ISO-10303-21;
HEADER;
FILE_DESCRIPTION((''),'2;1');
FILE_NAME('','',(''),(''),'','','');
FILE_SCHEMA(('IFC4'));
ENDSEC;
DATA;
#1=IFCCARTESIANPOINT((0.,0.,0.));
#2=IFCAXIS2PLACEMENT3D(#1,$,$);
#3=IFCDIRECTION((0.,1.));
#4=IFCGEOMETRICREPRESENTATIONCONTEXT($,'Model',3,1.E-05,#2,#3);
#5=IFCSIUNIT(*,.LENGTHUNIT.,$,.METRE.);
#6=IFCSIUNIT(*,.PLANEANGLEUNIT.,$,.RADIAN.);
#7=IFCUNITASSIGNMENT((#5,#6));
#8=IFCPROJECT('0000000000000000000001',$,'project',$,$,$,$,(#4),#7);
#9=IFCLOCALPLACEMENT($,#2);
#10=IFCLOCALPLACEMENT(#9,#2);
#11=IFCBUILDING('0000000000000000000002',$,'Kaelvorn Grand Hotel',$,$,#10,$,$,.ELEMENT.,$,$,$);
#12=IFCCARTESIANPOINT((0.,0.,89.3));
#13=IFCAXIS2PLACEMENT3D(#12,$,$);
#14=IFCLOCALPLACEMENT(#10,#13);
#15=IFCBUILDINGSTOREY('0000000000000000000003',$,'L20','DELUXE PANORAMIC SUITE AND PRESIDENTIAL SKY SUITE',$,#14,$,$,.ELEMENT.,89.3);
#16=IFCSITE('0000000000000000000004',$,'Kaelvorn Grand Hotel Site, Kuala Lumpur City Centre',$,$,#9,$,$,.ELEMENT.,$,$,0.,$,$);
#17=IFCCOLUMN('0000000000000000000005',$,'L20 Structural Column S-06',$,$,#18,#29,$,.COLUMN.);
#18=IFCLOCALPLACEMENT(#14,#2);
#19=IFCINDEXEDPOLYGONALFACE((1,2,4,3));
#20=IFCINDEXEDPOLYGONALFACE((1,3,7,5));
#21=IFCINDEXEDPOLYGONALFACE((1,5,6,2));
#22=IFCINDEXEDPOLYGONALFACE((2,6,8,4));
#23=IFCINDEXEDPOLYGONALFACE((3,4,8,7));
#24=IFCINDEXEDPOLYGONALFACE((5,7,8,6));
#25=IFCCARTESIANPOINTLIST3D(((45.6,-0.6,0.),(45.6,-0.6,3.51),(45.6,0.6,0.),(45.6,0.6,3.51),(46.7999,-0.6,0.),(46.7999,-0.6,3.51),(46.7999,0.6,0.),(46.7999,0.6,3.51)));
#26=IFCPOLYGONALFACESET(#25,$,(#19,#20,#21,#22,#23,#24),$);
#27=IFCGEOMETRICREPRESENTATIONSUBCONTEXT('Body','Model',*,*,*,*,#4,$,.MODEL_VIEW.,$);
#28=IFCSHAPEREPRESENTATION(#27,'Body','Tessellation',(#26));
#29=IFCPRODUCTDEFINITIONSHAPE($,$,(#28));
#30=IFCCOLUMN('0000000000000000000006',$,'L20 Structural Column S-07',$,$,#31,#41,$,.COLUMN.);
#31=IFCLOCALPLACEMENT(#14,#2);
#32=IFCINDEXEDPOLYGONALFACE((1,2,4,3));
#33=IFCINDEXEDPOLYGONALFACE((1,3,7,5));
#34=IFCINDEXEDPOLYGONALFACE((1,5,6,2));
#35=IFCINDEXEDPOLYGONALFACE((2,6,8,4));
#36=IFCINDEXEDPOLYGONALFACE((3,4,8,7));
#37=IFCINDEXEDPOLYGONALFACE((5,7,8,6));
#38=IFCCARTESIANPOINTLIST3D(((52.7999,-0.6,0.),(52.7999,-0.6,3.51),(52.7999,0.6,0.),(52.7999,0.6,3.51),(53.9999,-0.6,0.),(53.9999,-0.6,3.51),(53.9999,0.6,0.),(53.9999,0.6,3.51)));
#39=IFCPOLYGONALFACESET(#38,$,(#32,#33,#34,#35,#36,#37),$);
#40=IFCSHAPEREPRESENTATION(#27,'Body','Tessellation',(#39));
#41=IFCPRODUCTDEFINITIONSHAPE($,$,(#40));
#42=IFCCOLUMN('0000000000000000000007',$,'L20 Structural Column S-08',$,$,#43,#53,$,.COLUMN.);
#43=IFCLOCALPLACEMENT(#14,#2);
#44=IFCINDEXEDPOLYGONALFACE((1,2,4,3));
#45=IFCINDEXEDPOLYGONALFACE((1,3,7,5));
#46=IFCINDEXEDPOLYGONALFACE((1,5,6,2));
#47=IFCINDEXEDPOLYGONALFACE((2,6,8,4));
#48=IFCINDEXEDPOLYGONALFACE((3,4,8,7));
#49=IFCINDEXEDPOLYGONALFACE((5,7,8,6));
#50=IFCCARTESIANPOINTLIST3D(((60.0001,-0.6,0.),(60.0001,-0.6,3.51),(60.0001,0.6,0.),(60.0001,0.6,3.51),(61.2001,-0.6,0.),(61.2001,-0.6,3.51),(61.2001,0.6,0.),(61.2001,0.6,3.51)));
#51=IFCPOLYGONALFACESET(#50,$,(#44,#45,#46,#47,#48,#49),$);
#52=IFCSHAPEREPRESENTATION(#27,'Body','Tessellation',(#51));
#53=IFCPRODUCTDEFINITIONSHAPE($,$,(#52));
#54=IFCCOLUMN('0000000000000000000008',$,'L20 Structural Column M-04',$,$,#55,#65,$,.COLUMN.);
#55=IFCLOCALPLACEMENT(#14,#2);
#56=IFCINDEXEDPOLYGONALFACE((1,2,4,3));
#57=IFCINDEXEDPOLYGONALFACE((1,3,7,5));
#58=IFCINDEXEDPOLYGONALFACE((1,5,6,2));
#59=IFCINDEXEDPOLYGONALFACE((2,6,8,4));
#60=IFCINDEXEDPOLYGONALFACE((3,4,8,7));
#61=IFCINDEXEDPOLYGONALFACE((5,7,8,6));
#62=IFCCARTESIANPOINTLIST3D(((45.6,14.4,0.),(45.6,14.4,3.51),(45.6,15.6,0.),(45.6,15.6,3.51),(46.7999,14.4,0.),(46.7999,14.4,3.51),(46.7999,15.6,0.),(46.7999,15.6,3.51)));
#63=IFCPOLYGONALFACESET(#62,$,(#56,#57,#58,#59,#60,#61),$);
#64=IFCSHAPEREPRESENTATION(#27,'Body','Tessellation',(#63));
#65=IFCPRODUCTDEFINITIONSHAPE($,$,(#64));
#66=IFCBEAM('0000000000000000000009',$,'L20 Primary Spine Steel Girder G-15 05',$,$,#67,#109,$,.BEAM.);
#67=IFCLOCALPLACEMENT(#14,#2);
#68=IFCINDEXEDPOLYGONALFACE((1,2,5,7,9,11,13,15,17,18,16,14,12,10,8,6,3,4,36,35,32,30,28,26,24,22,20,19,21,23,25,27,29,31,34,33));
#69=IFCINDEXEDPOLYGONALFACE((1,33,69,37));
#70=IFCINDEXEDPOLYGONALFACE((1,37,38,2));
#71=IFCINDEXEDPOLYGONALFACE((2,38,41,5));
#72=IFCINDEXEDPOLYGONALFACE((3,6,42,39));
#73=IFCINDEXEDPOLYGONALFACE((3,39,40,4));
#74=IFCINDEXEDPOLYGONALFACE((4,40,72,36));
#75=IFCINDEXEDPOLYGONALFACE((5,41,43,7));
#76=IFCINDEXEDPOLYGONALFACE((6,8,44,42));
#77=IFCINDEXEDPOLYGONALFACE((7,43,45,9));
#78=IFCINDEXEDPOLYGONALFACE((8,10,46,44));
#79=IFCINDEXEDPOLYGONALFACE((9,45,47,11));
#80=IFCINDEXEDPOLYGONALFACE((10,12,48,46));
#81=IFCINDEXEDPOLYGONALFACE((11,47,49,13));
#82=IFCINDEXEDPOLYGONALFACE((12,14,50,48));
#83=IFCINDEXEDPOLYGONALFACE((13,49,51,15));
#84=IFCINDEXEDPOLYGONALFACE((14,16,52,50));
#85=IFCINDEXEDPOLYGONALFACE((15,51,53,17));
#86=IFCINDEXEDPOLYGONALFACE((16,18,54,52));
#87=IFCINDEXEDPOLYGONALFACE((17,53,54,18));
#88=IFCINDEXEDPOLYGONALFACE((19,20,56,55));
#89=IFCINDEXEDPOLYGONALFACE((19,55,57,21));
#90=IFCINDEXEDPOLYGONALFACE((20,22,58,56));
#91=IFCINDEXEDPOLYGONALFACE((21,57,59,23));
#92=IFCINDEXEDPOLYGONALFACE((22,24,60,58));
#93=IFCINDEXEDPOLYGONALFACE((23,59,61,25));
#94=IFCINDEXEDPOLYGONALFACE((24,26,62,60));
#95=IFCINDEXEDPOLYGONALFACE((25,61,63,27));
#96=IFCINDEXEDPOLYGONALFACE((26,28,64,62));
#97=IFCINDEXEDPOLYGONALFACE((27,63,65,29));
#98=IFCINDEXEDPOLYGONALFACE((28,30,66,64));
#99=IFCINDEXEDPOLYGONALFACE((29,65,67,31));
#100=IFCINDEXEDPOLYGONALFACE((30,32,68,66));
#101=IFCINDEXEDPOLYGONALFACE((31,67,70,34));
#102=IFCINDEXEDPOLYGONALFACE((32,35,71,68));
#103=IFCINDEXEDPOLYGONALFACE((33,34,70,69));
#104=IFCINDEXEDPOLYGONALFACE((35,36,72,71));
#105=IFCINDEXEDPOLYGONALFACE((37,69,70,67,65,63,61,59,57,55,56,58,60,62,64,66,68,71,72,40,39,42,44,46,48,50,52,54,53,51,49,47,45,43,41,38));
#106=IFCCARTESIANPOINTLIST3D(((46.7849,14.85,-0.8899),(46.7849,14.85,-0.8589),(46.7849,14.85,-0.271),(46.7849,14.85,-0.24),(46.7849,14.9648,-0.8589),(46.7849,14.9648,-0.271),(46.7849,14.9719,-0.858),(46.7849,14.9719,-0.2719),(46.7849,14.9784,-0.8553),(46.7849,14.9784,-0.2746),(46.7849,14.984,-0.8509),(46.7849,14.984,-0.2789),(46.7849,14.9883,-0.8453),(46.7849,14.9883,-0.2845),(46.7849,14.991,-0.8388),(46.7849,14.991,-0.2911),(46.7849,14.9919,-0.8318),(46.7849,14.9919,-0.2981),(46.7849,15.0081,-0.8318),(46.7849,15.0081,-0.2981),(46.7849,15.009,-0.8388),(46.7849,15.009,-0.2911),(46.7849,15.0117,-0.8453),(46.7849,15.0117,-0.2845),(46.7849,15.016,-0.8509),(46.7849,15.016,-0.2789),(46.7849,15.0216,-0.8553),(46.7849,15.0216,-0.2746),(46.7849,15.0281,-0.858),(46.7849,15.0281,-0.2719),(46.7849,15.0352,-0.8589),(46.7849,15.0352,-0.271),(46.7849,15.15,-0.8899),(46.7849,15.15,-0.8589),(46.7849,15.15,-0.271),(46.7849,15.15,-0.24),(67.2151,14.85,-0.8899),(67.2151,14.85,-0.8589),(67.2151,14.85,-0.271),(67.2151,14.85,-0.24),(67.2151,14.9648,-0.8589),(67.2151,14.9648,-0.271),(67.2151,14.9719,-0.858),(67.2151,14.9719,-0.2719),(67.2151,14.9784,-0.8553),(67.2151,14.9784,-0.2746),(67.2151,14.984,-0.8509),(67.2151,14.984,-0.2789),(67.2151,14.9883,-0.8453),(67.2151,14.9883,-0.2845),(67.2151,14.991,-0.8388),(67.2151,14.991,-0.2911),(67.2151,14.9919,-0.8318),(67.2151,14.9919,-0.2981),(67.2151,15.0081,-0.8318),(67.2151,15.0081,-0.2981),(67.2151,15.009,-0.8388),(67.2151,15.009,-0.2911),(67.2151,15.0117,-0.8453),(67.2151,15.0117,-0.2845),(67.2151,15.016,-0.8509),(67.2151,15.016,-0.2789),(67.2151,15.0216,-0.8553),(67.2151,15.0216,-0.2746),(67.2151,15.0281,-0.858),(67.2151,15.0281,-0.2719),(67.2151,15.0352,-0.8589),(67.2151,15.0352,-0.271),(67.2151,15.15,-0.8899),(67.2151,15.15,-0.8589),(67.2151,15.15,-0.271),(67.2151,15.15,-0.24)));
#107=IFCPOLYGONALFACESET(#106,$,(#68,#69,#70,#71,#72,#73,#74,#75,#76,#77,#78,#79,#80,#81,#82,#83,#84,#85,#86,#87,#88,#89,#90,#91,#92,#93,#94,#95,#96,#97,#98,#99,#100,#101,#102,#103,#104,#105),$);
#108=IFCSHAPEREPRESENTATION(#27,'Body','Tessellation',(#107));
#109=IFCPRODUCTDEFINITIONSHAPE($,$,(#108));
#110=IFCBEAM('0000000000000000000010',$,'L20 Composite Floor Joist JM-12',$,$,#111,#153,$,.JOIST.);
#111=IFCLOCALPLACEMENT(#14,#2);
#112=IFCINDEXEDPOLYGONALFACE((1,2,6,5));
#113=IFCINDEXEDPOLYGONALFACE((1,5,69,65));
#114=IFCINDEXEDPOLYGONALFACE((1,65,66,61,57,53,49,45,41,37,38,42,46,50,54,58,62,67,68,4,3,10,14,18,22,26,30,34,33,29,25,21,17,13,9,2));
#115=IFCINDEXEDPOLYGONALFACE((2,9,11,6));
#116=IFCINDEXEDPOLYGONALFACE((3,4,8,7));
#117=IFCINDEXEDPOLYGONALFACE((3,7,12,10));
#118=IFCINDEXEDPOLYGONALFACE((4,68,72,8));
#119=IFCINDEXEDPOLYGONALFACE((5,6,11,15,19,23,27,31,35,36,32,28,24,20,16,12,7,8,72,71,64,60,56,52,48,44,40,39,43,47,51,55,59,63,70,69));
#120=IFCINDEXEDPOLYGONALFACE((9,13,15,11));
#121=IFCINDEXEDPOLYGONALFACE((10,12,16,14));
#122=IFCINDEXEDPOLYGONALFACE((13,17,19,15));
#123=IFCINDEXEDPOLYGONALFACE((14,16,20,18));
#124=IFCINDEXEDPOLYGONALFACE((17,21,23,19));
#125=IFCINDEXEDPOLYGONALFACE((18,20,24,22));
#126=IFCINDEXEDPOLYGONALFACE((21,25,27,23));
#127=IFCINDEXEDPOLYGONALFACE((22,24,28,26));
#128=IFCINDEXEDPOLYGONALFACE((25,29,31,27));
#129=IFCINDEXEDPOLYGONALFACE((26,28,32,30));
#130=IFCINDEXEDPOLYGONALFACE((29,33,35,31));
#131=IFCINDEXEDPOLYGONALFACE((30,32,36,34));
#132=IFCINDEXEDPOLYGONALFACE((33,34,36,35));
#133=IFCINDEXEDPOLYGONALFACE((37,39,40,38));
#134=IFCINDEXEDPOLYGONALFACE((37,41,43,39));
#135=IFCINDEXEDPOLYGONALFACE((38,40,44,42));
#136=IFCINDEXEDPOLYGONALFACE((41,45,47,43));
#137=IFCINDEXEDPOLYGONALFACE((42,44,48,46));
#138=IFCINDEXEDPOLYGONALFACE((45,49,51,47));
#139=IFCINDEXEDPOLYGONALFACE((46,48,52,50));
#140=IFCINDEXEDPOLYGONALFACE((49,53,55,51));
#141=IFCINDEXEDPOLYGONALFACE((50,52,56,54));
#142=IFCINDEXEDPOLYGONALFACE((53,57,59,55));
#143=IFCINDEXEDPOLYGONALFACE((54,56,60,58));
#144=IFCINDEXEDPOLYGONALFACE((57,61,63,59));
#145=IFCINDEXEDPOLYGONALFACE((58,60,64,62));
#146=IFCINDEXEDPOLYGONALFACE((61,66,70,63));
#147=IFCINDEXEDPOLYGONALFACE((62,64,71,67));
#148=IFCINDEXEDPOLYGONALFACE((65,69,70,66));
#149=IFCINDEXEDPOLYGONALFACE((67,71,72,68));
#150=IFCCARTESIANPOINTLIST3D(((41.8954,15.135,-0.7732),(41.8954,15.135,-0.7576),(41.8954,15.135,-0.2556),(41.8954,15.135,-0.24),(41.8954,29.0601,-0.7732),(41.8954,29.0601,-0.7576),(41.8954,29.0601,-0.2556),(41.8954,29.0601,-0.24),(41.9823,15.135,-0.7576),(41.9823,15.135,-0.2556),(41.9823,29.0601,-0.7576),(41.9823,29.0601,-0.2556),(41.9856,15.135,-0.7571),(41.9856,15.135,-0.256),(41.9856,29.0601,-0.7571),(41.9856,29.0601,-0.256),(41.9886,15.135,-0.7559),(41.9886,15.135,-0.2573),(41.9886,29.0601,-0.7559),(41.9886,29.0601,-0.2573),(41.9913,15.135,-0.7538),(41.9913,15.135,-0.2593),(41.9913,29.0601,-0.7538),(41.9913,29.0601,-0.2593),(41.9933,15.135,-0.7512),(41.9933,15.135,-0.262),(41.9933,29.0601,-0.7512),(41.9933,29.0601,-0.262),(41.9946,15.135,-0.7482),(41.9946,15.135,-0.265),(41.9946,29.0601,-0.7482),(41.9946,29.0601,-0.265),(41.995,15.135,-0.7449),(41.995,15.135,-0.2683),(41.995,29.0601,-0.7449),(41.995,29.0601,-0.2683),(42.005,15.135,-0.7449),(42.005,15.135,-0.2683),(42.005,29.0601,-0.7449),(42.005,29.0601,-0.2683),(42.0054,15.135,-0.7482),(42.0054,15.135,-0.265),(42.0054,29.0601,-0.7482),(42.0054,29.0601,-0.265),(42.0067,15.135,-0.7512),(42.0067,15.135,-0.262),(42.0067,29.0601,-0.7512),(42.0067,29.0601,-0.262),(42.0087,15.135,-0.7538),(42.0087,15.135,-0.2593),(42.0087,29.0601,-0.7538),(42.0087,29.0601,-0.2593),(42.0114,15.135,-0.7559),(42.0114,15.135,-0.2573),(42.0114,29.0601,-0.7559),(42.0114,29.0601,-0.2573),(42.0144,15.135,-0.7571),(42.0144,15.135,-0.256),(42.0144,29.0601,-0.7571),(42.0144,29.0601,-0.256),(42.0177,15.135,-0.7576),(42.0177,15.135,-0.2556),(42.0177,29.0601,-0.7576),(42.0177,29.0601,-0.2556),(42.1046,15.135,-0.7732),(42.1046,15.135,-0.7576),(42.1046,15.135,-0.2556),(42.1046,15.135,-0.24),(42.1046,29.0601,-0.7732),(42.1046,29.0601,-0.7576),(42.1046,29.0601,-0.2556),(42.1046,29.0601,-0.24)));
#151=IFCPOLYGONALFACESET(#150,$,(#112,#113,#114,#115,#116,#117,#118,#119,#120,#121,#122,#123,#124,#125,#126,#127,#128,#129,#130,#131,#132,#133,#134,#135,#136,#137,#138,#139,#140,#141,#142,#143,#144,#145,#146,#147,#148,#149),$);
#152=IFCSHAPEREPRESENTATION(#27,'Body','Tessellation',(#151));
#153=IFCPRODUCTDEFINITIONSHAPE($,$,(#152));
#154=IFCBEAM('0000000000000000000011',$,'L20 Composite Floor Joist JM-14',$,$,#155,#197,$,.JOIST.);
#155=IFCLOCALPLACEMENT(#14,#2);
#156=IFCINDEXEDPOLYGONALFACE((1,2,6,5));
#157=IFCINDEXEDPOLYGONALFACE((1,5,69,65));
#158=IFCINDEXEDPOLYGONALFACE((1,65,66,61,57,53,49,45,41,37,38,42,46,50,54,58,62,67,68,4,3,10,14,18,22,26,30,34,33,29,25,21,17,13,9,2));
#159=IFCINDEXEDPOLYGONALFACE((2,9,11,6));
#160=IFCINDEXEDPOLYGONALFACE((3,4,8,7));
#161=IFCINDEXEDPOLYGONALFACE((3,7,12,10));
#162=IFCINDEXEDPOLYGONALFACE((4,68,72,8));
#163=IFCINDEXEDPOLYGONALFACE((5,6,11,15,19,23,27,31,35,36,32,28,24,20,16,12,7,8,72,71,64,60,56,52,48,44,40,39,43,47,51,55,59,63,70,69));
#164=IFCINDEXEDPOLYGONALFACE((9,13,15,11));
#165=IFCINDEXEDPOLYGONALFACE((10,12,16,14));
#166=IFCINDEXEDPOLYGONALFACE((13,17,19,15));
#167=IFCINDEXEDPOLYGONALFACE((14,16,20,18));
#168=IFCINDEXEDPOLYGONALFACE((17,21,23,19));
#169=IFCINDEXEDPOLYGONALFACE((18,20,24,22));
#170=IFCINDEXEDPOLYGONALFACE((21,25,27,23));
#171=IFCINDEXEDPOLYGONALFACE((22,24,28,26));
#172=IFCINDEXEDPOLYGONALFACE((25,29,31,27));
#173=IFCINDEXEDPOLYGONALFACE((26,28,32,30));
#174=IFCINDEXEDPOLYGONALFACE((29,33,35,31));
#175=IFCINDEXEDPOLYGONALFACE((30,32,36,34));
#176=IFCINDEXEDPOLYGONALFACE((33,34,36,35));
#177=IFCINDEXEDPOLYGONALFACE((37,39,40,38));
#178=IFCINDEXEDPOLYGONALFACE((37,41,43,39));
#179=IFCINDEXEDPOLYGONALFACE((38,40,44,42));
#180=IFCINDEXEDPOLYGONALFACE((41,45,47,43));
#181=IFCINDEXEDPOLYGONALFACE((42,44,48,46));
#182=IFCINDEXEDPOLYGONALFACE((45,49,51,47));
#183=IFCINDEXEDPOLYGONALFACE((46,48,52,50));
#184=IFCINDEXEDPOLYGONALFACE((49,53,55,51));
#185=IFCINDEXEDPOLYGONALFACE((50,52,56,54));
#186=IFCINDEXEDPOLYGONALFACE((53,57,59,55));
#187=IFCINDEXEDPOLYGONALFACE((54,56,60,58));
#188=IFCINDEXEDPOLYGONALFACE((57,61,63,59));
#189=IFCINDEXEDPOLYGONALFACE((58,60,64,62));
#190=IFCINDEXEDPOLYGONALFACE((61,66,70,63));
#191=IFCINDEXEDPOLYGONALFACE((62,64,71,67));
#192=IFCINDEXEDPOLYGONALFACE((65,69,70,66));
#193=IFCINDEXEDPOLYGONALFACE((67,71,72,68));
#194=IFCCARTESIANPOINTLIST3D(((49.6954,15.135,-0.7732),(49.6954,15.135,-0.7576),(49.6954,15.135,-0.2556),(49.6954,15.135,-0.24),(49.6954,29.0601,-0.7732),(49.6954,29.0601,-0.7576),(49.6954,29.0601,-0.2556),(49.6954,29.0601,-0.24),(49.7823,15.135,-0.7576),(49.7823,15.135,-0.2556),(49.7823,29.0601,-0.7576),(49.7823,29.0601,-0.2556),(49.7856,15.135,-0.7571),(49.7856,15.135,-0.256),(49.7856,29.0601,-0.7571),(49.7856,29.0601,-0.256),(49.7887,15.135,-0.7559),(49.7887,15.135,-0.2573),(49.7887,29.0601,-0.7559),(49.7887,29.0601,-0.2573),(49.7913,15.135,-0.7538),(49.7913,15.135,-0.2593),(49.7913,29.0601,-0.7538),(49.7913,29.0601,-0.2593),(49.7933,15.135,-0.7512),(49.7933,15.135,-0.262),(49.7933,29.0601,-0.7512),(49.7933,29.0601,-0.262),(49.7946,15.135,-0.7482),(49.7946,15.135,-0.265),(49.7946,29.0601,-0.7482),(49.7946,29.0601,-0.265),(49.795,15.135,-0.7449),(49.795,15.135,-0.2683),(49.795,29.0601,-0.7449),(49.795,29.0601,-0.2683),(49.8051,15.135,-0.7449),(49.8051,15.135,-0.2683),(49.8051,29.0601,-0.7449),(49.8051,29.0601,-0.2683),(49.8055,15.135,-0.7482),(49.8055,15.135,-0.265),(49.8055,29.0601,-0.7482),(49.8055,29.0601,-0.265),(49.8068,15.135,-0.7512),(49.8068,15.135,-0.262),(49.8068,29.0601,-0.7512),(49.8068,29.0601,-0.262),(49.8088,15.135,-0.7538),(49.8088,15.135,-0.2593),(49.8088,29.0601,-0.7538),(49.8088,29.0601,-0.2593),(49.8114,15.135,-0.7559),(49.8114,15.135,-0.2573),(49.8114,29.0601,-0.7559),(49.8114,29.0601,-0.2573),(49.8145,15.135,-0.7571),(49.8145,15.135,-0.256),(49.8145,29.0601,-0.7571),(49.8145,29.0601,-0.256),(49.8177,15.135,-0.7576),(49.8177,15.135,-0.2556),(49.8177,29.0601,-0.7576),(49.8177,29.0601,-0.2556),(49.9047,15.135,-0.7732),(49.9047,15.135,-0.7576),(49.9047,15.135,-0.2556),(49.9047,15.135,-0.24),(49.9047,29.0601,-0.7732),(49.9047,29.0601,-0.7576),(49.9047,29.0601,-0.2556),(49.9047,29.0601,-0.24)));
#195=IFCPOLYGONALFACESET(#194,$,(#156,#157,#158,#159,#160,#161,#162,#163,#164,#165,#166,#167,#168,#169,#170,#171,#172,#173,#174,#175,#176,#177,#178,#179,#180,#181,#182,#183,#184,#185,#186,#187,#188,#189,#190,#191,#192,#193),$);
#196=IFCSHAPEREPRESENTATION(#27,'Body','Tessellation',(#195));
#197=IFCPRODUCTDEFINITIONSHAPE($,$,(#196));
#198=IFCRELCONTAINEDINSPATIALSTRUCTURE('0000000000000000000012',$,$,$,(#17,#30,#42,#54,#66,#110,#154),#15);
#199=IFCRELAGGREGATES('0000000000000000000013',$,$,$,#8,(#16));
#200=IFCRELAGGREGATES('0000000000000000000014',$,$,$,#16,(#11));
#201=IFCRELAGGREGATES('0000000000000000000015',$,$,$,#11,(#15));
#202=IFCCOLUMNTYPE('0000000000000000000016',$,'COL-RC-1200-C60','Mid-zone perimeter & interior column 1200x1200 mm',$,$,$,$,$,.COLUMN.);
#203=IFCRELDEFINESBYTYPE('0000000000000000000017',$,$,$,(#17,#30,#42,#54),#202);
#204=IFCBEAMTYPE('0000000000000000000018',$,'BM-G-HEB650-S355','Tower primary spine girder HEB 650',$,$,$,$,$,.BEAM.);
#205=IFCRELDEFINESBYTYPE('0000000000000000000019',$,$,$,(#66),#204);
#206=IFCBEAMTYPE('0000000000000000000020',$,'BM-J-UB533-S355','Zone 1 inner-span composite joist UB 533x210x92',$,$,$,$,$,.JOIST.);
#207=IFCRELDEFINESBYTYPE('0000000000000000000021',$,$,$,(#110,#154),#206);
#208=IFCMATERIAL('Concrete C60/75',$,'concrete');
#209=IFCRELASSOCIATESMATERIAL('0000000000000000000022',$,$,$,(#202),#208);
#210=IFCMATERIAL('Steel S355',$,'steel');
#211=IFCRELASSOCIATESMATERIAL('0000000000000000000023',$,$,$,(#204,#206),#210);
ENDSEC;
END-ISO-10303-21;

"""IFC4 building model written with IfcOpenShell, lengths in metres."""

from ifc_helpers import new_model, si_unit, direction, frame, origin, origin_2d, place, context, subcontext, project, spatial, rectangle, i_section, extrude, material, material_profile, profile_set, type_object, element, save


model = new_model("IFC4")

# Units and contexts
model_context = context("Model", 3, precision=1e-05, world=origin(), true_north=direction((0.0, 1.0)))
body_context = subcontext(model_context, "Body", "Model", "MODEL_VIEW")
ifc_project = project(units=[si_unit("LENGTHUNIT", "METRE"), si_unit("PLANEANGLEUNIT", "RADIAN")], contexts=[model_context])

# Site, building, storey
site_placement = place(None, origin())
site = spatial("IfcSite", under=ifc_project, at=site_placement, Name="Kaelvorn Grand Hotel Site, Kuala Lumpur City Centre", CompositionType="ELEMENT", RefElevation=0.0)
building_placement = place(site_placement, origin())
building = spatial("IfcBuilding", under=site, at=building_placement, Name="Kaelvorn Grand Hotel", CompositionType="ELEMENT")
storey_placement = place(building_placement, frame((0.0, 0.0, 89.3)))
storey = spatial("IfcBuildingStorey", under=building, at=storey_placement, Name="L20", Description="DELUXE PANORAMIC SUITE AND PRESIDENTIAL SKY SUITE", CompositionType="ELEMENT", Elevation=89.3)

# Columns
ifc_material_1 = material(Name="Concrete C60/75", Category="concrete")
ifc_material_profile_1 = material_profile(ifc_material_1, rectangle(XDim=1.2, YDim=1.2, at=origin_2d()), Name="RC COL 1200x1200")
ifc_profile_set_1 = profile_set([ifc_material_profile_1], Name="Concrete C60/75")
column_type = type_object("IfcColumnType", Name="COL-RC-1200-C60", Description="Mid-zone perimeter & interior column 1200x1200 mm", PredefinedType="COLUMN", material=ifc_profile_set_1)
for number, where, z_axis, x_axis, name in (
    (1, (46.2, 0.0, 0.0), (0.0, 0.0, 1.0), (1.0, 0.0, 0.0), "L20 Structural Column S-06"),
    (2, (53.3999, 0.0, 0.0), (0.0, 0.0, 1.0), (1.0, 0.0, 0.0), "L20 Structural Column S-07"),
    (3, (60.6001, 0.0, 0.0), (0.0, 0.0, 1.0), (1.0, 0.0, 0.0), "L20 Structural Column S-08"),
    (4, (46.2, 15.0, 0.0), (0.0, 0.0, 1.0), (1.0, 0.0, 0.0), "L20 Structural Column M-04"),
):
    element("IfcColumn", number, at=place(storey_placement, frame(where, z_axis=z_axis, x_axis=x_axis)), inside=storey, type_object=column_type, Name=name, PredefinedType="COLUMN", context=body_context, shape_type="SweptSolid", body=[
        extrude(rectangle(XDim=1.2, YDim=1.2, at=origin_2d()), origin(), (0.0, 0.0, 1.0), 3.51),
    ])

# Beams
ifc_material_2 = material(Name="Steel S355", Category="steel")
ifc_material_profile_2 = material_profile(ifc_material_2, i_section(OverallWidth=0.3, OverallDepth=0.6499, WebThickness=0.0161, FlangeThickness=0.031, FilletRadius=0.0271, at=origin_2d()), Name="HEB 650")
ifc_profile_set_2 = profile_set([ifc_material_profile_2], Name="Steel S355")
beam_type_1 = type_object("IfcBeamType", Name="BM-G-HEB650-S355", Description="Tower primary spine girder HEB 650", PredefinedType="BEAM", material=ifc_profile_set_2)
beam_1_placement = place(storey_placement, frame((46.7849, 15.0, -0.5649), z_axis=(1.0, 0.0, 0.0), x_axis=(0.0, 1.0, 0.0)))
element("IfcBeam", 5, at=beam_1_placement, inside=storey, type_object=beam_type_1, Name="L20 Primary Spine Steel Girder G-15 05", PredefinedType="BEAM", context=body_context, shape_type="SweptSolid", body=[
    extrude(i_section(OverallWidth=0.3, OverallDepth=0.6499, WebThickness=0.0161, FlangeThickness=0.031, FilletRadius=0.0271, at=origin_2d()), origin(), (0.0, 0.0, 1.0), 20.4302),
])
ifc_material_profile_3 = material_profile(ifc_material_2, i_section(OverallWidth=0.2092, OverallDepth=0.5332, WebThickness=0.01, FlangeThickness=0.0156, FilletRadius=0.0127, at=origin_2d()), Name="UB 533x210x92")
ifc_profile_set_3 = profile_set([ifc_material_profile_3], Name="Steel S355")
beam_type_2 = type_object("IfcBeamType", Name="BM-J-UB533-S355", Description="Zone 1 inner-span composite joist UB 533x210x92", PredefinedType="JOIST", material=ifc_profile_set_3)
for number, where, z_axis, x_axis, name in (
    (6, (42.0, 15.135, -0.5066), (0.0, 1.0, 0.0), (-1.0, 0.0, 0.0), "L20 Composite Floor Joist JM-12"),
    (7, (49.8, 15.135, -0.5066), (0.0, 1.0, 0.0), (-1.0, 0.0, 0.0), "L20 Composite Floor Joist JM-14"),
):
    element("IfcBeam", number, at=place(storey_placement, frame(where, z_axis=z_axis, x_axis=x_axis)), inside=storey, type_object=beam_type_2, Name=name, PredefinedType="JOIST", context=body_context, shape_type="SweptSolid", body=[
        extrude(i_section(OverallWidth=0.2092, OverallDepth=0.5332, WebThickness=0.01, FlangeThickness=0.0156, FilletRadius=0.0127, at=origin_2d()), origin(), (0.0, 0.0, 1.0), 13.925),
    ])

save(model, "model.ifc")
